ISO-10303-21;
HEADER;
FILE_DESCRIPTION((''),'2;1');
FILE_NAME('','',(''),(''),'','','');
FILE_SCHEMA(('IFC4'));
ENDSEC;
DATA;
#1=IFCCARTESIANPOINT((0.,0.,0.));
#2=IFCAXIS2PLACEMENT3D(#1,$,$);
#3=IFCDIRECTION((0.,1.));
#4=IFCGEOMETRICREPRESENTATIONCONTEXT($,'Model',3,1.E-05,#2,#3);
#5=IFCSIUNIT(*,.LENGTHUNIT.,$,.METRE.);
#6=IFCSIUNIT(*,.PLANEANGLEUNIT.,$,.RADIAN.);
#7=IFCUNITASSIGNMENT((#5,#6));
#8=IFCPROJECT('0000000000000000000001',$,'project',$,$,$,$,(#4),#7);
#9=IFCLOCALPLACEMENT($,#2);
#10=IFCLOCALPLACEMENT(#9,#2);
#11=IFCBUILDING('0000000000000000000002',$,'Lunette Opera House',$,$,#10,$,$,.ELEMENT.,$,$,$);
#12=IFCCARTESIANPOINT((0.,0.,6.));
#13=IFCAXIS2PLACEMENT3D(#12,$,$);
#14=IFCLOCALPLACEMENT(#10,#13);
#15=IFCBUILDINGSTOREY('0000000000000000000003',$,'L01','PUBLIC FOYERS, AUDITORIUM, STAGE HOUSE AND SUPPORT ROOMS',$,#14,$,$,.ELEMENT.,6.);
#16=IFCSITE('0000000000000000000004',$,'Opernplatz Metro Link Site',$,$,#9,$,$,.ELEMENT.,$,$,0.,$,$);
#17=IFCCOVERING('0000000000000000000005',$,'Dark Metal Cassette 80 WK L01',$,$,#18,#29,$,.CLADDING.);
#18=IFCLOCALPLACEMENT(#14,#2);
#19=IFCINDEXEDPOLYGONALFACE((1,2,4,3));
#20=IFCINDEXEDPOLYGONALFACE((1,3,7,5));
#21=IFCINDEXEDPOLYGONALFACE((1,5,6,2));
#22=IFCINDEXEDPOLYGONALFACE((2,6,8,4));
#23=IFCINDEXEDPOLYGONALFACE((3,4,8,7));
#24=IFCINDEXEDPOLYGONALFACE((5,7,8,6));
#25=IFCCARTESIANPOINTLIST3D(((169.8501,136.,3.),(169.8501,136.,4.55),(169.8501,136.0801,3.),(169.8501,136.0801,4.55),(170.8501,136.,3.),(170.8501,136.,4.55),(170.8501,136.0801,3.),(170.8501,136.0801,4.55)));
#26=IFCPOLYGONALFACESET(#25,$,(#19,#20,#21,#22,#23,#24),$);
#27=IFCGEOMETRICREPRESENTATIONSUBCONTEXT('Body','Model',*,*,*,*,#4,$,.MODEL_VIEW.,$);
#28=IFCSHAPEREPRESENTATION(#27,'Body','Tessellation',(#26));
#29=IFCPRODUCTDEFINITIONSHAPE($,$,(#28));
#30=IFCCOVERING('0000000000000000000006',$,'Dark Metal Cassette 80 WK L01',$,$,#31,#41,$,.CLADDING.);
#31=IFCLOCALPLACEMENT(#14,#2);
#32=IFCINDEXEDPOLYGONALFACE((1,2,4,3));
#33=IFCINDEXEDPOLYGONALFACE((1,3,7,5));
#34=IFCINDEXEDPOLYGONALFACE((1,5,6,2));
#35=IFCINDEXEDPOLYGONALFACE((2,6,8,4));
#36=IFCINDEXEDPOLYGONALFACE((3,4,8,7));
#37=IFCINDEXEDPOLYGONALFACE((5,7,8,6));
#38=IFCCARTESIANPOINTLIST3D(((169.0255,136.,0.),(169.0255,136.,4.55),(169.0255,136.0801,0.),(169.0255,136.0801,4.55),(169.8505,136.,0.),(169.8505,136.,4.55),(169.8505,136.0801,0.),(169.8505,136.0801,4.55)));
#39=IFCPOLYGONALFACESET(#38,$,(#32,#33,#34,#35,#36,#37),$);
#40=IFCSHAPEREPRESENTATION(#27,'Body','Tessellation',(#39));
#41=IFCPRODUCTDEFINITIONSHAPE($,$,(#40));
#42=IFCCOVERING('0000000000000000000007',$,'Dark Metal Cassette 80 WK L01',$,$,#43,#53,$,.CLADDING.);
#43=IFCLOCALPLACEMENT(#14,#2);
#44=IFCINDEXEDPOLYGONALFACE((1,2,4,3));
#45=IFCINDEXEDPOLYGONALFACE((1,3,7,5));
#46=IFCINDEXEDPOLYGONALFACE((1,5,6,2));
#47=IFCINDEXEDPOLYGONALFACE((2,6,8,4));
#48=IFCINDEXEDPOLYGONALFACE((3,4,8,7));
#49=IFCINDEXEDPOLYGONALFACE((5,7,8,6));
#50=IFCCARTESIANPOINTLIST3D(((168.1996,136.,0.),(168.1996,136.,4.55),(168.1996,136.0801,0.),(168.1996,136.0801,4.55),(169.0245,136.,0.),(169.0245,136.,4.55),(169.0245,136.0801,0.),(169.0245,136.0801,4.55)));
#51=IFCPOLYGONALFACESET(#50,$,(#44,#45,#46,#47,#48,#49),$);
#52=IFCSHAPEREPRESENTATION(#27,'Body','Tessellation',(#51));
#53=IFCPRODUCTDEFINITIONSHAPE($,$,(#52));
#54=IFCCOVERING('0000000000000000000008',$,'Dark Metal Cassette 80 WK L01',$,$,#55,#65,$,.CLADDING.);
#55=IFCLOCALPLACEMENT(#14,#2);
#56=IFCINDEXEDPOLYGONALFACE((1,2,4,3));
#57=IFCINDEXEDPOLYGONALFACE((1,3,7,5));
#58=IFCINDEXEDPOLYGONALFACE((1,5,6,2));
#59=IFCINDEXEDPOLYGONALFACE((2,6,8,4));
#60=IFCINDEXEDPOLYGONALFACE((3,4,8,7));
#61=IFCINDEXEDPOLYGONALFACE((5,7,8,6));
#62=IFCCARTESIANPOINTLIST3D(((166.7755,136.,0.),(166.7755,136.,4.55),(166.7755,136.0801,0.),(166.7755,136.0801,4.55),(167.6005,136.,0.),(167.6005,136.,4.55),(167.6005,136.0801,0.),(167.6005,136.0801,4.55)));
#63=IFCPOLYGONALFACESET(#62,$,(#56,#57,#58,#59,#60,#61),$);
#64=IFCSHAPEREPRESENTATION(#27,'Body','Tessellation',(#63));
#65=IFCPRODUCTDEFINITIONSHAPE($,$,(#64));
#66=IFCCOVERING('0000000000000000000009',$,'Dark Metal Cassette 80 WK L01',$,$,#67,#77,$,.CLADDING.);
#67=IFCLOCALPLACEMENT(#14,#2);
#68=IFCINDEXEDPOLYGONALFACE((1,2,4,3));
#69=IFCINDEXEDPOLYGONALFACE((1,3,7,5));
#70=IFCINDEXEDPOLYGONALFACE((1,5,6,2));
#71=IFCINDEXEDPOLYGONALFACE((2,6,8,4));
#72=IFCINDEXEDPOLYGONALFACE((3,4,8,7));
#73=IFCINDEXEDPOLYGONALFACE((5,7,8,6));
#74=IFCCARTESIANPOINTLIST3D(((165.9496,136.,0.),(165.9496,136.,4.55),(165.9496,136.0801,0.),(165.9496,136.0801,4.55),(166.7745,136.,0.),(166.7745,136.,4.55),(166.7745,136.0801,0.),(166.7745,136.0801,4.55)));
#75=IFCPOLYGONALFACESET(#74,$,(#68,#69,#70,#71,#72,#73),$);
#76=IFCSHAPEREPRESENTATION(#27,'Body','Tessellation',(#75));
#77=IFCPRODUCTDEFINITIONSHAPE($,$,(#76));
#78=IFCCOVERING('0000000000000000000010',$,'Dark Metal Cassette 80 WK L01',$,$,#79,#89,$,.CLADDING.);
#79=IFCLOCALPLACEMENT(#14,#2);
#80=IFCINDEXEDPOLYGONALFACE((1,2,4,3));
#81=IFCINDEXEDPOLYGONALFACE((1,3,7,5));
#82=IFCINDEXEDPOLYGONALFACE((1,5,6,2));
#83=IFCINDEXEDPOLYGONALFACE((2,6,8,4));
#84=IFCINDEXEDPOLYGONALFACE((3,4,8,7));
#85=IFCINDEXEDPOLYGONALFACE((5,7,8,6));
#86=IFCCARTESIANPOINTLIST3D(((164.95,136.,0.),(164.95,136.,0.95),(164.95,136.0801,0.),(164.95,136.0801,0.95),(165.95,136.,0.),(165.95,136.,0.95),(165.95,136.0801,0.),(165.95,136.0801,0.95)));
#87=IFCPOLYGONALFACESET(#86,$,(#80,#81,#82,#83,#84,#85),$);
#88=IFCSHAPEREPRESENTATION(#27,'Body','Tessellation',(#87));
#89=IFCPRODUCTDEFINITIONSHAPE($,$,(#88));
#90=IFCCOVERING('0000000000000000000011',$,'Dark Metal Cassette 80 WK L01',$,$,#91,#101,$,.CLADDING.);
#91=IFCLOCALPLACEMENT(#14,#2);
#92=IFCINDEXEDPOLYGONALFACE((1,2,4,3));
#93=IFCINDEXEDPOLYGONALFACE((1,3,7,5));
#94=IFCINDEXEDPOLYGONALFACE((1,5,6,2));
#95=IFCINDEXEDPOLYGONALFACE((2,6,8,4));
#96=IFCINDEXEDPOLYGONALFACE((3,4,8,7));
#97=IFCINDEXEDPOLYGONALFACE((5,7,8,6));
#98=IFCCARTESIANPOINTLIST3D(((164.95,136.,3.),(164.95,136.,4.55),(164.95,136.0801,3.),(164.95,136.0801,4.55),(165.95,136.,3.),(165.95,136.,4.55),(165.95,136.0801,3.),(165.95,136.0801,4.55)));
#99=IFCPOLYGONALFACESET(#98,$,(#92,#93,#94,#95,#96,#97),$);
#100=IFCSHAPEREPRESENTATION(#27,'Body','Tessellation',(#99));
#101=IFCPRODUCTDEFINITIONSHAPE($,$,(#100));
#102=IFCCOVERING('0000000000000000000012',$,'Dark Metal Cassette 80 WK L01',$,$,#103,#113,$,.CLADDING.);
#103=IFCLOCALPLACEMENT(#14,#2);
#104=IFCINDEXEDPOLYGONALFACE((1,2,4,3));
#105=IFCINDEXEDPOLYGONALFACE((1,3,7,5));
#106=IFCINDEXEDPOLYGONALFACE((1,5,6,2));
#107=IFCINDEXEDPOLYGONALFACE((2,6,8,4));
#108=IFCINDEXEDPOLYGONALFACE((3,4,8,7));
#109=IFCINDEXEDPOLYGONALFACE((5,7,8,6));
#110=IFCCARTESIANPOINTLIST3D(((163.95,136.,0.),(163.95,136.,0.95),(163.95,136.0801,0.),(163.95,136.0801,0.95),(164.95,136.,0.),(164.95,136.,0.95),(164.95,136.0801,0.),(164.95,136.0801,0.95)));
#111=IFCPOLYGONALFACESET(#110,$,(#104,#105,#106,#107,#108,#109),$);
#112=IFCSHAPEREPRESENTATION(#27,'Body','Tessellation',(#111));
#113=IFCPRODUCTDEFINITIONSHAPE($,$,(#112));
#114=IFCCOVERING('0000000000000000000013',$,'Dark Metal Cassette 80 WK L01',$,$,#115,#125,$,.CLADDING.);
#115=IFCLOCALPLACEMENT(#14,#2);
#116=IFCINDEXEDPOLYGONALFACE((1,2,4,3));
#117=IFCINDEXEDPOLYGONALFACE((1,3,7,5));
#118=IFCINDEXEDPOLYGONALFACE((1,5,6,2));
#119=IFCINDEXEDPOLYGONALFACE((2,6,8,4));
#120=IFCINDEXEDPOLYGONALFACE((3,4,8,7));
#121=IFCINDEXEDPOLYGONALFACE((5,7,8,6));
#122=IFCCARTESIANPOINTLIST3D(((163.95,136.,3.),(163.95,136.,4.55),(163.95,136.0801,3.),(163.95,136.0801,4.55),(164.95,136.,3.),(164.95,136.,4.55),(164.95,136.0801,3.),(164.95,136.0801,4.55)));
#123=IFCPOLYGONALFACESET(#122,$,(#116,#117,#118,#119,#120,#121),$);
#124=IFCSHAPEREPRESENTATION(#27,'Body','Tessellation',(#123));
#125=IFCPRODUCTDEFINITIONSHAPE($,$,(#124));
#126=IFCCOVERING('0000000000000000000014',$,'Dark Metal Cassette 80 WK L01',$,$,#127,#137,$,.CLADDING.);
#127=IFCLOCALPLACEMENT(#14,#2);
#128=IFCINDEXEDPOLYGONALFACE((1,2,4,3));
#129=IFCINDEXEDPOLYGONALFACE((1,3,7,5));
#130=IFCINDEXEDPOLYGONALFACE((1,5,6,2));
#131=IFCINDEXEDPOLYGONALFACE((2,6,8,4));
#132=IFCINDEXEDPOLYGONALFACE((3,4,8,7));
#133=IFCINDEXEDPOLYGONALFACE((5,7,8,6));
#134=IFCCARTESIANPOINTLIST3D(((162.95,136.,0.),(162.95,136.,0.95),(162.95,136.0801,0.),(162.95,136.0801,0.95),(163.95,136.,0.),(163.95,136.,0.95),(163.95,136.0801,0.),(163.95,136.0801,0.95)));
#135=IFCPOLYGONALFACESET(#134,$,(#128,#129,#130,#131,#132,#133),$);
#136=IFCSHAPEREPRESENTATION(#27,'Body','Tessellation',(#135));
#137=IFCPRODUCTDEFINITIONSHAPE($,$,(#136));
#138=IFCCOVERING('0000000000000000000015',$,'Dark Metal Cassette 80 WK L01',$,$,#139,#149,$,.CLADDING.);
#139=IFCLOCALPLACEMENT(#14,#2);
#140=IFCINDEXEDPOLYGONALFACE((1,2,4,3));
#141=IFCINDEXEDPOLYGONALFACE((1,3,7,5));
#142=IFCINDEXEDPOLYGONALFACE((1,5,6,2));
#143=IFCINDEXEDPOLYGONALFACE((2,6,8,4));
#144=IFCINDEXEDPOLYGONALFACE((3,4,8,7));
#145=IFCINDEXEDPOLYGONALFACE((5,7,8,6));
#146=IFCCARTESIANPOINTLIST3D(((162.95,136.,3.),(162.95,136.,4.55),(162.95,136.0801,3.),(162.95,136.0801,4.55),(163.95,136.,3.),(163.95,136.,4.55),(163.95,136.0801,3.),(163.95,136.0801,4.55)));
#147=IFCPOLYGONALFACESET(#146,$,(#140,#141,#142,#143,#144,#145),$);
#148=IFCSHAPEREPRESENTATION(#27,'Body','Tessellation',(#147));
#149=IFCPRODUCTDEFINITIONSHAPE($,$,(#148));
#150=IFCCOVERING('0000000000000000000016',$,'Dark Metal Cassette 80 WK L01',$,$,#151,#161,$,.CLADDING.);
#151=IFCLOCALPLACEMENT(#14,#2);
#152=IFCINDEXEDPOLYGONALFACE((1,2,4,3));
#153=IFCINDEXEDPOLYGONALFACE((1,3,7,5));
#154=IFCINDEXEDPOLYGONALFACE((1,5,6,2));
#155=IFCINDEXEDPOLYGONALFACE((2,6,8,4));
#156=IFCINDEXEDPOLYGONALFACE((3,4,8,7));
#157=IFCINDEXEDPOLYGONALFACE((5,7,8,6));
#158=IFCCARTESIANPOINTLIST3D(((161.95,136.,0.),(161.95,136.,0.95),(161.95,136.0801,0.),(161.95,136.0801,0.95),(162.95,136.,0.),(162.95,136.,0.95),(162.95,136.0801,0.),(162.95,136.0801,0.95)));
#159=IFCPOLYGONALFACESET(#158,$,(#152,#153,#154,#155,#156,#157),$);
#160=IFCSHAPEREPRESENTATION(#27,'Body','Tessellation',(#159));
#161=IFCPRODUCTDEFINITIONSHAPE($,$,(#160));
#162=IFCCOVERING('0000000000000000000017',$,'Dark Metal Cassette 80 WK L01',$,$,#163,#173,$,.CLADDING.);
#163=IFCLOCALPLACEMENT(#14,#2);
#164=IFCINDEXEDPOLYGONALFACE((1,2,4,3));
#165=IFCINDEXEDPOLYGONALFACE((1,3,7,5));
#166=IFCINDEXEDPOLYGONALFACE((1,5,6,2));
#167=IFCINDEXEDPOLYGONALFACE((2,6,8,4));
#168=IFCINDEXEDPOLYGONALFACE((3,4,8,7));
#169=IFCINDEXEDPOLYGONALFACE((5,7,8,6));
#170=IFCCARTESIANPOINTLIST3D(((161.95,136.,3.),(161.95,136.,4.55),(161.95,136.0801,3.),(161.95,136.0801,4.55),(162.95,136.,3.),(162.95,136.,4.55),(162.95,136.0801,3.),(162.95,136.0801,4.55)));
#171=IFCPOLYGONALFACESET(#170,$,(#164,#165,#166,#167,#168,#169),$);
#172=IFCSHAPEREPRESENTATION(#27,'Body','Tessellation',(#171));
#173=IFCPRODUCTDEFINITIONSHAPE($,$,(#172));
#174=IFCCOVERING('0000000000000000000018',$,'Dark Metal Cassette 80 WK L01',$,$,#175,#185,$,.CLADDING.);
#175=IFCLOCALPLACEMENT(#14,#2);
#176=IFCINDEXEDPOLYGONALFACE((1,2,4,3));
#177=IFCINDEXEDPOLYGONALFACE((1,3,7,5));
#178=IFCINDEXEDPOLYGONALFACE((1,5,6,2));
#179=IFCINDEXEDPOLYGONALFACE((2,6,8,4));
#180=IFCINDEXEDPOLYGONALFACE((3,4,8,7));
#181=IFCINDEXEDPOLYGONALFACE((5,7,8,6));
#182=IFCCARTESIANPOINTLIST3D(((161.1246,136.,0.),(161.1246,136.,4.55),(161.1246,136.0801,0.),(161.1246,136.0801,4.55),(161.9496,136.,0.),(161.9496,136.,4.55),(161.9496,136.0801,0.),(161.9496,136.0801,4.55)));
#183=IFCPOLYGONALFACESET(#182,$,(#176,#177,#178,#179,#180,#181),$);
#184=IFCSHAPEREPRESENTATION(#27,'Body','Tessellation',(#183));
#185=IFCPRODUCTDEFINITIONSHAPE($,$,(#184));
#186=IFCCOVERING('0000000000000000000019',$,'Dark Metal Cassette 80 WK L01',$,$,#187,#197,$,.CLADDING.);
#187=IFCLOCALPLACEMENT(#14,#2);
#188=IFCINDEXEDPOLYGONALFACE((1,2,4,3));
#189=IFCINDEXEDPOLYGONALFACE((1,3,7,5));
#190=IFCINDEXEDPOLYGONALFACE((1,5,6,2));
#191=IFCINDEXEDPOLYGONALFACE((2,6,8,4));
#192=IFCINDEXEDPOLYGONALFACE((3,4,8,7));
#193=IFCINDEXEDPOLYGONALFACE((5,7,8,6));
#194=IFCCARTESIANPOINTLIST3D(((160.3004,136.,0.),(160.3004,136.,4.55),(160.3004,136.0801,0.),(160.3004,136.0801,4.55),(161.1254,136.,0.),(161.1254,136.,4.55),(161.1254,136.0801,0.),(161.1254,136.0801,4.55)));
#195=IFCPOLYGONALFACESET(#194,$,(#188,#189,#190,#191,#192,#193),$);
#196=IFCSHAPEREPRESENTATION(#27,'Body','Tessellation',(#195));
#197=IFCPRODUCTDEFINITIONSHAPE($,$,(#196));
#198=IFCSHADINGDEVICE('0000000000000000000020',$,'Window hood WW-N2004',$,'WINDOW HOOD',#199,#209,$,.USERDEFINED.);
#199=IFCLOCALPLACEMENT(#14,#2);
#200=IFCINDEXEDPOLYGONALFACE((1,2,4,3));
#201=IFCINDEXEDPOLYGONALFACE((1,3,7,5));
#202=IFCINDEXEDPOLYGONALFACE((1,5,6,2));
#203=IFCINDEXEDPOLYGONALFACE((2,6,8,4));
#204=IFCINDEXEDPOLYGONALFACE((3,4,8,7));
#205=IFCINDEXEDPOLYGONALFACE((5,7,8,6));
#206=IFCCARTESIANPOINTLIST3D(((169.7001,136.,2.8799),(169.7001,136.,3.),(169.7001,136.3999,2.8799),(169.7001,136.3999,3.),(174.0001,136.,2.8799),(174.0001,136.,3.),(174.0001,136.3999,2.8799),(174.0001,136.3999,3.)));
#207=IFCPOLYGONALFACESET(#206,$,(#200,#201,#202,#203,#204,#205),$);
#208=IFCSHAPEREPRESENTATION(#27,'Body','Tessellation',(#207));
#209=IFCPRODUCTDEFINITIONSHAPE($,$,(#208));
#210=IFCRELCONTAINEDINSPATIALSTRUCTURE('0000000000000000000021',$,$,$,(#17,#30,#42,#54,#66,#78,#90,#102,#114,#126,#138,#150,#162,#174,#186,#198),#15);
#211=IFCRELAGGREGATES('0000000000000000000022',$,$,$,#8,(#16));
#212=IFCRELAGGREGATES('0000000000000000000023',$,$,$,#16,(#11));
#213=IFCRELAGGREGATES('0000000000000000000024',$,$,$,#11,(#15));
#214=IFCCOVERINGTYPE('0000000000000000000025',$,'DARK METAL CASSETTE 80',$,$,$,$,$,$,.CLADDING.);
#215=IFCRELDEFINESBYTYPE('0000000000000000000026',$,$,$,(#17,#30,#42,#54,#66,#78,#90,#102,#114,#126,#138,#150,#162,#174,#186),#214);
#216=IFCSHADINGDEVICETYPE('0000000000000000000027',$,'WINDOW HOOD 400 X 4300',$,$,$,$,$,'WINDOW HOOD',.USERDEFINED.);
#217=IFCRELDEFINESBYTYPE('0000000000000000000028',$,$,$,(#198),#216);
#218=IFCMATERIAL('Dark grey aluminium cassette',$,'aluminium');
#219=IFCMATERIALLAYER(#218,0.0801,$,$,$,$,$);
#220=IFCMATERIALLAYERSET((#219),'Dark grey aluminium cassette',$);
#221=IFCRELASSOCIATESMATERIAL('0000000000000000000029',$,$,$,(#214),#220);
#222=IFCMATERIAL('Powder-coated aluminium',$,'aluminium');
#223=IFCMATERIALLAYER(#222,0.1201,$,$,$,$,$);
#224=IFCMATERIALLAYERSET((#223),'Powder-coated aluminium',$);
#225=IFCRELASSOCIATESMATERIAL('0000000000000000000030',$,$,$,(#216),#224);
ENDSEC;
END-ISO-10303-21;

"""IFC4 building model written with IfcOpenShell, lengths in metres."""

from ifc_helpers import new_model, si_unit, direction, frame, origin, origin_2d, place, context, subcontext, project, spatial, rectangle, extrude, material, layer, layer_set, type_object, element, save


model = new_model("IFC4")

# Units and contexts
model_context = context("Model", 3, precision=1e-05, world=origin(), true_north=direction((0.0, 1.0)))
body_context = subcontext(model_context, "Body", "Model", "MODEL_VIEW")
ifc_project = project(units=[si_unit("LENGTHUNIT", "METRE"), si_unit("PLANEANGLEUNIT", "RADIAN")], contexts=[model_context])

# Site, building, storey
site_placement = place(None, origin())
site = spatial("IfcSite", under=ifc_project, at=site_placement, Name="Opernplatz Metro Link Site", CompositionType="ELEMENT", RefElevation=0.0)
building_placement = place(site_placement, origin())
building = spatial("IfcBuilding", under=site, at=building_placement, Name="Lunette Opera House", CompositionType="ELEMENT")
storey_placement = place(building_placement, frame((0.0, 0.0, 6.0)))
storey = spatial("IfcBuildingStorey", under=building, at=storey_placement, Name="L01", Description="PUBLIC FOYERS, AUDITORIUM, STAGE HOUSE AND SUPPORT ROOMS", CompositionType="ELEMENT", Elevation=6.0)

# Coverings
ifc_material_1 = material(Name="Dark grey aluminium cassette", Category="aluminium")
ifc_layer_1 = layer(ifc_material_1, 0.0801)
ifc_layer_set_1 = layer_set([ifc_layer_1], Name="Dark grey aluminium cassette")
covering_type = type_object("IfcCoveringType", Name="DARK METAL CASSETTE 80", PredefinedType="CLADDING", material=ifc_layer_set_1)
covering_1_placement = place(storey_placement, frame((170.3501, 136.04, 3.0), z_axis=(0.0, 0.0, 1.0), x_axis=(-1.0, 0.0, 0.0)))
element("IfcCovering", 1, at=covering_1_placement, inside=storey, type_object=covering_type, Name="Dark Metal Cassette 80 WK L01", PredefinedType="CLADDING", context=body_context, shape_type="SweptSolid", body=[
    extrude(rectangle(XDim=1.0, YDim=0.0801, at=origin_2d()), origin(), (0.0, 0.0, 1.0), 1.55),
])
for number, where, z_axis, x_axis, name in (
    (2, (169.438, 136.04, 0.0), (0.0, 0.0, 1.0), (-1.0, 0.0, 0.0), "Dark Metal Cassette 80 WK L01"),
    (3, (168.6121, 136.04, 0.0), (0.0, 0.0, 1.0), (-1.0, 0.0, 0.0), "Dark Metal Cassette 80 WK L01"),
    (4, (167.188, 136.04, 0.0), (0.0, 0.0, 1.0), (-1.0, 0.0, 0.0), "Dark Metal Cassette 80 WK L01"),
    (5, (166.3621, 136.04, 0.0), (0.0, 0.0, 1.0), (-1.0, 0.0, 0.0), "Dark Metal Cassette 80 WK L01"),
):
    element("IfcCovering", number, at=place(storey_placement, frame(where, z_axis=z_axis, x_axis=x_axis)), inside=storey, type_object=covering_type, Name=name, PredefinedType="CLADDING", context=body_context, shape_type="SweptSolid", body=[
        extrude(rectangle(XDim=0.825, YDim=0.0801, at=origin_2d()), origin(), (0.0, 0.0, 1.0), 4.55),
    ])
covering_2_placement = place(storey_placement, frame((165.45, 136.04, 0.0), z_axis=(0.0, 0.0, 1.0), x_axis=(-1.0, 0.0, 0.0)))
element("IfcCovering", 6, at=covering_2_placement, inside=storey, type_object=covering_type, Name="Dark Metal Cassette 80 WK L01", PredefinedType="CLADDING", context=body_context, shape_type="SweptSolid", body=[
    extrude(rectangle(XDim=1.0, YDim=0.0801, at=origin_2d()), origin(), (0.0, 0.0, 1.0), 0.95),
])
covering_3_placement = place(storey_placement, frame((165.45, 136.04, 3.0), z_axis=(0.0, 0.0, 1.0), x_axis=(-1.0, 0.0, 0.0)))
element("IfcCovering", 7, at=covering_3_placement, inside=storey, type_object=covering_type, Name="Dark Metal Cassette 80 WK L01", PredefinedType="CLADDING", context=body_context, shape_type="SweptSolid", body=[
    extrude(rectangle(XDim=1.0, YDim=0.0801, at=origin_2d()), origin(), (0.0, 0.0, 1.0), 1.55),
])
covering_4_placement = place(storey_placement, frame((164.45, 136.04, 0.0), z_axis=(0.0, 0.0, 1.0), x_axis=(-1.0, 0.0, 0.0)))
element("IfcCovering", 8, at=covering_4_placement, inside=storey, type_object=covering_type, Name="Dark Metal Cassette 80 WK L01", PredefinedType="CLADDING", context=body_context, shape_type="SweptSolid", body=[
    extrude(rectangle(XDim=1.0, YDim=0.0801, at=origin_2d()), origin(), (0.0, 0.0, 1.0), 0.95),
])
covering_5_placement = place(storey_placement, frame((164.45, 136.04, 3.0), z_axis=(0.0, 0.0, 1.0), x_axis=(-1.0, 0.0, 0.0)))
element("IfcCovering", 9, at=covering_5_placement, inside=storey, type_object=covering_type, Name="Dark Metal Cassette 80 WK L01", PredefinedType="CLADDING", context=body_context, shape_type="SweptSolid", body=[
    extrude(rectangle(XDim=1.0, YDim=0.0801, at=origin_2d()), origin(), (0.0, 0.0, 1.0), 1.55),
])
covering_6_placement = place(storey_placement, frame((163.45, 136.04, 0.0), z_axis=(0.0, 0.0, 1.0), x_axis=(-1.0, 0.0, 0.0)))
element("IfcCovering", 10, at=covering_6_placement, inside=storey, type_object=covering_type, Name="Dark Metal Cassette 80 WK L01", PredefinedType="CLADDING", context=body_context, shape_type="SweptSolid", body=[
    extrude(rectangle(XDim=1.0, YDim=0.0801, at=origin_2d()), origin(), (0.0, 0.0, 1.0), 0.95),
])
covering_7_placement = place(storey_placement, frame((163.45, 136.04, 3.0), z_axis=(0.0, 0.0, 1.0), x_axis=(-1.0, 0.0, 0.0)))
element("IfcCovering", 11, at=covering_7_placement, inside=storey, type_object=covering_type, Name="Dark Metal Cassette 80 WK L01", PredefinedType="CLADDING", context=body_context, shape_type="SweptSolid", body=[
    extrude(rectangle(XDim=1.0, YDim=0.0801, at=origin_2d()), origin(), (0.0, 0.0, 1.0), 1.55),
])
covering_8_placement = place(storey_placement, frame((162.45, 136.04, 0.0), z_axis=(0.0, 0.0, 1.0), x_axis=(-1.0, 0.0, 0.0)))
element("IfcCovering", 12, at=covering_8_placement, inside=storey, type_object=covering_type, Name="Dark Metal Cassette 80 WK L01", PredefinedType="CLADDING", context=body_context, shape_type="SweptSolid", body=[
    extrude(rectangle(XDim=1.0, YDim=0.0801, at=origin_2d()), origin(), (0.0, 0.0, 1.0), 0.95),
])
covering_9_placement = place(storey_placement, frame((162.45, 136.04, 3.0), z_axis=(0.0, 0.0, 1.0), x_axis=(-1.0, 0.0, 0.0)))
element("IfcCovering", 13, at=covering_9_placement, inside=storey, type_object=covering_type, Name="Dark Metal Cassette 80 WK L01", PredefinedType="CLADDING", context=body_context, shape_type="SweptSolid", body=[
    extrude(rectangle(XDim=1.0, YDim=0.0801, at=origin_2d()), origin(), (0.0, 0.0, 1.0), 1.55),
])
for number, where, z_axis, x_axis, name in (
    (14, (161.5371, 136.04, 0.0), (0.0, 0.0, 1.0), (-1.0, 0.0, 0.0), "Dark Metal Cassette 80 WK L01"),
    (15, (160.7129, 136.04, 0.0), (0.0, 0.0, 1.0), (-1.0, 0.0, 0.0), "Dark Metal Cassette 80 WK L01"),
):
    element("IfcCovering", number, at=place(storey_placement, frame(where, z_axis=z_axis, x_axis=x_axis)), inside=storey, type_object=covering_type, Name=name, PredefinedType="CLADDING", context=body_context, shape_type="SweptSolid", body=[
        extrude(rectangle(XDim=0.825, YDim=0.0801, at=origin_2d()), origin(), (0.0, 0.0, 1.0), 4.55),
    ])

# Shading device
ifc_material_2 = material(Name="Powder-coated aluminium", Category="aluminium")
ifc_layer_2 = layer(ifc_material_2, 0.1201)
ifc_layer_set_2 = layer_set([ifc_layer_2], Name="Powder-coated aluminium")
shading_device_type = type_object("IfcShadingDeviceType", Name="WINDOW HOOD 400 X 4300", ElementType="WINDOW HOOD", PredefinedType="USERDEFINED", material=ifc_layer_set_2)
for number, where, z_axis, x_axis, name in (
    (16, (171.8501, 136.2, 2.8799), (0.0, 0.0, 1.0), (0.0, 1.0, 0.0), "Window hood WW-N2004"),
):
    element("IfcShadingDevice", number, at=place(storey_placement, frame(where, z_axis=z_axis, x_axis=x_axis)), inside=storey, type_object=shading_device_type, Name=name, ObjectType="WINDOW HOOD", PredefinedType="USERDEFINED", context=body_context, shape_type="SweptSolid", body=[
        extrude(rectangle(XDim=0.3999, YDim=4.3, at=origin_2d()), origin(), (0.0, 0.0, 1.0), 0.1201),
    ])

save(model, "model.ifc")
